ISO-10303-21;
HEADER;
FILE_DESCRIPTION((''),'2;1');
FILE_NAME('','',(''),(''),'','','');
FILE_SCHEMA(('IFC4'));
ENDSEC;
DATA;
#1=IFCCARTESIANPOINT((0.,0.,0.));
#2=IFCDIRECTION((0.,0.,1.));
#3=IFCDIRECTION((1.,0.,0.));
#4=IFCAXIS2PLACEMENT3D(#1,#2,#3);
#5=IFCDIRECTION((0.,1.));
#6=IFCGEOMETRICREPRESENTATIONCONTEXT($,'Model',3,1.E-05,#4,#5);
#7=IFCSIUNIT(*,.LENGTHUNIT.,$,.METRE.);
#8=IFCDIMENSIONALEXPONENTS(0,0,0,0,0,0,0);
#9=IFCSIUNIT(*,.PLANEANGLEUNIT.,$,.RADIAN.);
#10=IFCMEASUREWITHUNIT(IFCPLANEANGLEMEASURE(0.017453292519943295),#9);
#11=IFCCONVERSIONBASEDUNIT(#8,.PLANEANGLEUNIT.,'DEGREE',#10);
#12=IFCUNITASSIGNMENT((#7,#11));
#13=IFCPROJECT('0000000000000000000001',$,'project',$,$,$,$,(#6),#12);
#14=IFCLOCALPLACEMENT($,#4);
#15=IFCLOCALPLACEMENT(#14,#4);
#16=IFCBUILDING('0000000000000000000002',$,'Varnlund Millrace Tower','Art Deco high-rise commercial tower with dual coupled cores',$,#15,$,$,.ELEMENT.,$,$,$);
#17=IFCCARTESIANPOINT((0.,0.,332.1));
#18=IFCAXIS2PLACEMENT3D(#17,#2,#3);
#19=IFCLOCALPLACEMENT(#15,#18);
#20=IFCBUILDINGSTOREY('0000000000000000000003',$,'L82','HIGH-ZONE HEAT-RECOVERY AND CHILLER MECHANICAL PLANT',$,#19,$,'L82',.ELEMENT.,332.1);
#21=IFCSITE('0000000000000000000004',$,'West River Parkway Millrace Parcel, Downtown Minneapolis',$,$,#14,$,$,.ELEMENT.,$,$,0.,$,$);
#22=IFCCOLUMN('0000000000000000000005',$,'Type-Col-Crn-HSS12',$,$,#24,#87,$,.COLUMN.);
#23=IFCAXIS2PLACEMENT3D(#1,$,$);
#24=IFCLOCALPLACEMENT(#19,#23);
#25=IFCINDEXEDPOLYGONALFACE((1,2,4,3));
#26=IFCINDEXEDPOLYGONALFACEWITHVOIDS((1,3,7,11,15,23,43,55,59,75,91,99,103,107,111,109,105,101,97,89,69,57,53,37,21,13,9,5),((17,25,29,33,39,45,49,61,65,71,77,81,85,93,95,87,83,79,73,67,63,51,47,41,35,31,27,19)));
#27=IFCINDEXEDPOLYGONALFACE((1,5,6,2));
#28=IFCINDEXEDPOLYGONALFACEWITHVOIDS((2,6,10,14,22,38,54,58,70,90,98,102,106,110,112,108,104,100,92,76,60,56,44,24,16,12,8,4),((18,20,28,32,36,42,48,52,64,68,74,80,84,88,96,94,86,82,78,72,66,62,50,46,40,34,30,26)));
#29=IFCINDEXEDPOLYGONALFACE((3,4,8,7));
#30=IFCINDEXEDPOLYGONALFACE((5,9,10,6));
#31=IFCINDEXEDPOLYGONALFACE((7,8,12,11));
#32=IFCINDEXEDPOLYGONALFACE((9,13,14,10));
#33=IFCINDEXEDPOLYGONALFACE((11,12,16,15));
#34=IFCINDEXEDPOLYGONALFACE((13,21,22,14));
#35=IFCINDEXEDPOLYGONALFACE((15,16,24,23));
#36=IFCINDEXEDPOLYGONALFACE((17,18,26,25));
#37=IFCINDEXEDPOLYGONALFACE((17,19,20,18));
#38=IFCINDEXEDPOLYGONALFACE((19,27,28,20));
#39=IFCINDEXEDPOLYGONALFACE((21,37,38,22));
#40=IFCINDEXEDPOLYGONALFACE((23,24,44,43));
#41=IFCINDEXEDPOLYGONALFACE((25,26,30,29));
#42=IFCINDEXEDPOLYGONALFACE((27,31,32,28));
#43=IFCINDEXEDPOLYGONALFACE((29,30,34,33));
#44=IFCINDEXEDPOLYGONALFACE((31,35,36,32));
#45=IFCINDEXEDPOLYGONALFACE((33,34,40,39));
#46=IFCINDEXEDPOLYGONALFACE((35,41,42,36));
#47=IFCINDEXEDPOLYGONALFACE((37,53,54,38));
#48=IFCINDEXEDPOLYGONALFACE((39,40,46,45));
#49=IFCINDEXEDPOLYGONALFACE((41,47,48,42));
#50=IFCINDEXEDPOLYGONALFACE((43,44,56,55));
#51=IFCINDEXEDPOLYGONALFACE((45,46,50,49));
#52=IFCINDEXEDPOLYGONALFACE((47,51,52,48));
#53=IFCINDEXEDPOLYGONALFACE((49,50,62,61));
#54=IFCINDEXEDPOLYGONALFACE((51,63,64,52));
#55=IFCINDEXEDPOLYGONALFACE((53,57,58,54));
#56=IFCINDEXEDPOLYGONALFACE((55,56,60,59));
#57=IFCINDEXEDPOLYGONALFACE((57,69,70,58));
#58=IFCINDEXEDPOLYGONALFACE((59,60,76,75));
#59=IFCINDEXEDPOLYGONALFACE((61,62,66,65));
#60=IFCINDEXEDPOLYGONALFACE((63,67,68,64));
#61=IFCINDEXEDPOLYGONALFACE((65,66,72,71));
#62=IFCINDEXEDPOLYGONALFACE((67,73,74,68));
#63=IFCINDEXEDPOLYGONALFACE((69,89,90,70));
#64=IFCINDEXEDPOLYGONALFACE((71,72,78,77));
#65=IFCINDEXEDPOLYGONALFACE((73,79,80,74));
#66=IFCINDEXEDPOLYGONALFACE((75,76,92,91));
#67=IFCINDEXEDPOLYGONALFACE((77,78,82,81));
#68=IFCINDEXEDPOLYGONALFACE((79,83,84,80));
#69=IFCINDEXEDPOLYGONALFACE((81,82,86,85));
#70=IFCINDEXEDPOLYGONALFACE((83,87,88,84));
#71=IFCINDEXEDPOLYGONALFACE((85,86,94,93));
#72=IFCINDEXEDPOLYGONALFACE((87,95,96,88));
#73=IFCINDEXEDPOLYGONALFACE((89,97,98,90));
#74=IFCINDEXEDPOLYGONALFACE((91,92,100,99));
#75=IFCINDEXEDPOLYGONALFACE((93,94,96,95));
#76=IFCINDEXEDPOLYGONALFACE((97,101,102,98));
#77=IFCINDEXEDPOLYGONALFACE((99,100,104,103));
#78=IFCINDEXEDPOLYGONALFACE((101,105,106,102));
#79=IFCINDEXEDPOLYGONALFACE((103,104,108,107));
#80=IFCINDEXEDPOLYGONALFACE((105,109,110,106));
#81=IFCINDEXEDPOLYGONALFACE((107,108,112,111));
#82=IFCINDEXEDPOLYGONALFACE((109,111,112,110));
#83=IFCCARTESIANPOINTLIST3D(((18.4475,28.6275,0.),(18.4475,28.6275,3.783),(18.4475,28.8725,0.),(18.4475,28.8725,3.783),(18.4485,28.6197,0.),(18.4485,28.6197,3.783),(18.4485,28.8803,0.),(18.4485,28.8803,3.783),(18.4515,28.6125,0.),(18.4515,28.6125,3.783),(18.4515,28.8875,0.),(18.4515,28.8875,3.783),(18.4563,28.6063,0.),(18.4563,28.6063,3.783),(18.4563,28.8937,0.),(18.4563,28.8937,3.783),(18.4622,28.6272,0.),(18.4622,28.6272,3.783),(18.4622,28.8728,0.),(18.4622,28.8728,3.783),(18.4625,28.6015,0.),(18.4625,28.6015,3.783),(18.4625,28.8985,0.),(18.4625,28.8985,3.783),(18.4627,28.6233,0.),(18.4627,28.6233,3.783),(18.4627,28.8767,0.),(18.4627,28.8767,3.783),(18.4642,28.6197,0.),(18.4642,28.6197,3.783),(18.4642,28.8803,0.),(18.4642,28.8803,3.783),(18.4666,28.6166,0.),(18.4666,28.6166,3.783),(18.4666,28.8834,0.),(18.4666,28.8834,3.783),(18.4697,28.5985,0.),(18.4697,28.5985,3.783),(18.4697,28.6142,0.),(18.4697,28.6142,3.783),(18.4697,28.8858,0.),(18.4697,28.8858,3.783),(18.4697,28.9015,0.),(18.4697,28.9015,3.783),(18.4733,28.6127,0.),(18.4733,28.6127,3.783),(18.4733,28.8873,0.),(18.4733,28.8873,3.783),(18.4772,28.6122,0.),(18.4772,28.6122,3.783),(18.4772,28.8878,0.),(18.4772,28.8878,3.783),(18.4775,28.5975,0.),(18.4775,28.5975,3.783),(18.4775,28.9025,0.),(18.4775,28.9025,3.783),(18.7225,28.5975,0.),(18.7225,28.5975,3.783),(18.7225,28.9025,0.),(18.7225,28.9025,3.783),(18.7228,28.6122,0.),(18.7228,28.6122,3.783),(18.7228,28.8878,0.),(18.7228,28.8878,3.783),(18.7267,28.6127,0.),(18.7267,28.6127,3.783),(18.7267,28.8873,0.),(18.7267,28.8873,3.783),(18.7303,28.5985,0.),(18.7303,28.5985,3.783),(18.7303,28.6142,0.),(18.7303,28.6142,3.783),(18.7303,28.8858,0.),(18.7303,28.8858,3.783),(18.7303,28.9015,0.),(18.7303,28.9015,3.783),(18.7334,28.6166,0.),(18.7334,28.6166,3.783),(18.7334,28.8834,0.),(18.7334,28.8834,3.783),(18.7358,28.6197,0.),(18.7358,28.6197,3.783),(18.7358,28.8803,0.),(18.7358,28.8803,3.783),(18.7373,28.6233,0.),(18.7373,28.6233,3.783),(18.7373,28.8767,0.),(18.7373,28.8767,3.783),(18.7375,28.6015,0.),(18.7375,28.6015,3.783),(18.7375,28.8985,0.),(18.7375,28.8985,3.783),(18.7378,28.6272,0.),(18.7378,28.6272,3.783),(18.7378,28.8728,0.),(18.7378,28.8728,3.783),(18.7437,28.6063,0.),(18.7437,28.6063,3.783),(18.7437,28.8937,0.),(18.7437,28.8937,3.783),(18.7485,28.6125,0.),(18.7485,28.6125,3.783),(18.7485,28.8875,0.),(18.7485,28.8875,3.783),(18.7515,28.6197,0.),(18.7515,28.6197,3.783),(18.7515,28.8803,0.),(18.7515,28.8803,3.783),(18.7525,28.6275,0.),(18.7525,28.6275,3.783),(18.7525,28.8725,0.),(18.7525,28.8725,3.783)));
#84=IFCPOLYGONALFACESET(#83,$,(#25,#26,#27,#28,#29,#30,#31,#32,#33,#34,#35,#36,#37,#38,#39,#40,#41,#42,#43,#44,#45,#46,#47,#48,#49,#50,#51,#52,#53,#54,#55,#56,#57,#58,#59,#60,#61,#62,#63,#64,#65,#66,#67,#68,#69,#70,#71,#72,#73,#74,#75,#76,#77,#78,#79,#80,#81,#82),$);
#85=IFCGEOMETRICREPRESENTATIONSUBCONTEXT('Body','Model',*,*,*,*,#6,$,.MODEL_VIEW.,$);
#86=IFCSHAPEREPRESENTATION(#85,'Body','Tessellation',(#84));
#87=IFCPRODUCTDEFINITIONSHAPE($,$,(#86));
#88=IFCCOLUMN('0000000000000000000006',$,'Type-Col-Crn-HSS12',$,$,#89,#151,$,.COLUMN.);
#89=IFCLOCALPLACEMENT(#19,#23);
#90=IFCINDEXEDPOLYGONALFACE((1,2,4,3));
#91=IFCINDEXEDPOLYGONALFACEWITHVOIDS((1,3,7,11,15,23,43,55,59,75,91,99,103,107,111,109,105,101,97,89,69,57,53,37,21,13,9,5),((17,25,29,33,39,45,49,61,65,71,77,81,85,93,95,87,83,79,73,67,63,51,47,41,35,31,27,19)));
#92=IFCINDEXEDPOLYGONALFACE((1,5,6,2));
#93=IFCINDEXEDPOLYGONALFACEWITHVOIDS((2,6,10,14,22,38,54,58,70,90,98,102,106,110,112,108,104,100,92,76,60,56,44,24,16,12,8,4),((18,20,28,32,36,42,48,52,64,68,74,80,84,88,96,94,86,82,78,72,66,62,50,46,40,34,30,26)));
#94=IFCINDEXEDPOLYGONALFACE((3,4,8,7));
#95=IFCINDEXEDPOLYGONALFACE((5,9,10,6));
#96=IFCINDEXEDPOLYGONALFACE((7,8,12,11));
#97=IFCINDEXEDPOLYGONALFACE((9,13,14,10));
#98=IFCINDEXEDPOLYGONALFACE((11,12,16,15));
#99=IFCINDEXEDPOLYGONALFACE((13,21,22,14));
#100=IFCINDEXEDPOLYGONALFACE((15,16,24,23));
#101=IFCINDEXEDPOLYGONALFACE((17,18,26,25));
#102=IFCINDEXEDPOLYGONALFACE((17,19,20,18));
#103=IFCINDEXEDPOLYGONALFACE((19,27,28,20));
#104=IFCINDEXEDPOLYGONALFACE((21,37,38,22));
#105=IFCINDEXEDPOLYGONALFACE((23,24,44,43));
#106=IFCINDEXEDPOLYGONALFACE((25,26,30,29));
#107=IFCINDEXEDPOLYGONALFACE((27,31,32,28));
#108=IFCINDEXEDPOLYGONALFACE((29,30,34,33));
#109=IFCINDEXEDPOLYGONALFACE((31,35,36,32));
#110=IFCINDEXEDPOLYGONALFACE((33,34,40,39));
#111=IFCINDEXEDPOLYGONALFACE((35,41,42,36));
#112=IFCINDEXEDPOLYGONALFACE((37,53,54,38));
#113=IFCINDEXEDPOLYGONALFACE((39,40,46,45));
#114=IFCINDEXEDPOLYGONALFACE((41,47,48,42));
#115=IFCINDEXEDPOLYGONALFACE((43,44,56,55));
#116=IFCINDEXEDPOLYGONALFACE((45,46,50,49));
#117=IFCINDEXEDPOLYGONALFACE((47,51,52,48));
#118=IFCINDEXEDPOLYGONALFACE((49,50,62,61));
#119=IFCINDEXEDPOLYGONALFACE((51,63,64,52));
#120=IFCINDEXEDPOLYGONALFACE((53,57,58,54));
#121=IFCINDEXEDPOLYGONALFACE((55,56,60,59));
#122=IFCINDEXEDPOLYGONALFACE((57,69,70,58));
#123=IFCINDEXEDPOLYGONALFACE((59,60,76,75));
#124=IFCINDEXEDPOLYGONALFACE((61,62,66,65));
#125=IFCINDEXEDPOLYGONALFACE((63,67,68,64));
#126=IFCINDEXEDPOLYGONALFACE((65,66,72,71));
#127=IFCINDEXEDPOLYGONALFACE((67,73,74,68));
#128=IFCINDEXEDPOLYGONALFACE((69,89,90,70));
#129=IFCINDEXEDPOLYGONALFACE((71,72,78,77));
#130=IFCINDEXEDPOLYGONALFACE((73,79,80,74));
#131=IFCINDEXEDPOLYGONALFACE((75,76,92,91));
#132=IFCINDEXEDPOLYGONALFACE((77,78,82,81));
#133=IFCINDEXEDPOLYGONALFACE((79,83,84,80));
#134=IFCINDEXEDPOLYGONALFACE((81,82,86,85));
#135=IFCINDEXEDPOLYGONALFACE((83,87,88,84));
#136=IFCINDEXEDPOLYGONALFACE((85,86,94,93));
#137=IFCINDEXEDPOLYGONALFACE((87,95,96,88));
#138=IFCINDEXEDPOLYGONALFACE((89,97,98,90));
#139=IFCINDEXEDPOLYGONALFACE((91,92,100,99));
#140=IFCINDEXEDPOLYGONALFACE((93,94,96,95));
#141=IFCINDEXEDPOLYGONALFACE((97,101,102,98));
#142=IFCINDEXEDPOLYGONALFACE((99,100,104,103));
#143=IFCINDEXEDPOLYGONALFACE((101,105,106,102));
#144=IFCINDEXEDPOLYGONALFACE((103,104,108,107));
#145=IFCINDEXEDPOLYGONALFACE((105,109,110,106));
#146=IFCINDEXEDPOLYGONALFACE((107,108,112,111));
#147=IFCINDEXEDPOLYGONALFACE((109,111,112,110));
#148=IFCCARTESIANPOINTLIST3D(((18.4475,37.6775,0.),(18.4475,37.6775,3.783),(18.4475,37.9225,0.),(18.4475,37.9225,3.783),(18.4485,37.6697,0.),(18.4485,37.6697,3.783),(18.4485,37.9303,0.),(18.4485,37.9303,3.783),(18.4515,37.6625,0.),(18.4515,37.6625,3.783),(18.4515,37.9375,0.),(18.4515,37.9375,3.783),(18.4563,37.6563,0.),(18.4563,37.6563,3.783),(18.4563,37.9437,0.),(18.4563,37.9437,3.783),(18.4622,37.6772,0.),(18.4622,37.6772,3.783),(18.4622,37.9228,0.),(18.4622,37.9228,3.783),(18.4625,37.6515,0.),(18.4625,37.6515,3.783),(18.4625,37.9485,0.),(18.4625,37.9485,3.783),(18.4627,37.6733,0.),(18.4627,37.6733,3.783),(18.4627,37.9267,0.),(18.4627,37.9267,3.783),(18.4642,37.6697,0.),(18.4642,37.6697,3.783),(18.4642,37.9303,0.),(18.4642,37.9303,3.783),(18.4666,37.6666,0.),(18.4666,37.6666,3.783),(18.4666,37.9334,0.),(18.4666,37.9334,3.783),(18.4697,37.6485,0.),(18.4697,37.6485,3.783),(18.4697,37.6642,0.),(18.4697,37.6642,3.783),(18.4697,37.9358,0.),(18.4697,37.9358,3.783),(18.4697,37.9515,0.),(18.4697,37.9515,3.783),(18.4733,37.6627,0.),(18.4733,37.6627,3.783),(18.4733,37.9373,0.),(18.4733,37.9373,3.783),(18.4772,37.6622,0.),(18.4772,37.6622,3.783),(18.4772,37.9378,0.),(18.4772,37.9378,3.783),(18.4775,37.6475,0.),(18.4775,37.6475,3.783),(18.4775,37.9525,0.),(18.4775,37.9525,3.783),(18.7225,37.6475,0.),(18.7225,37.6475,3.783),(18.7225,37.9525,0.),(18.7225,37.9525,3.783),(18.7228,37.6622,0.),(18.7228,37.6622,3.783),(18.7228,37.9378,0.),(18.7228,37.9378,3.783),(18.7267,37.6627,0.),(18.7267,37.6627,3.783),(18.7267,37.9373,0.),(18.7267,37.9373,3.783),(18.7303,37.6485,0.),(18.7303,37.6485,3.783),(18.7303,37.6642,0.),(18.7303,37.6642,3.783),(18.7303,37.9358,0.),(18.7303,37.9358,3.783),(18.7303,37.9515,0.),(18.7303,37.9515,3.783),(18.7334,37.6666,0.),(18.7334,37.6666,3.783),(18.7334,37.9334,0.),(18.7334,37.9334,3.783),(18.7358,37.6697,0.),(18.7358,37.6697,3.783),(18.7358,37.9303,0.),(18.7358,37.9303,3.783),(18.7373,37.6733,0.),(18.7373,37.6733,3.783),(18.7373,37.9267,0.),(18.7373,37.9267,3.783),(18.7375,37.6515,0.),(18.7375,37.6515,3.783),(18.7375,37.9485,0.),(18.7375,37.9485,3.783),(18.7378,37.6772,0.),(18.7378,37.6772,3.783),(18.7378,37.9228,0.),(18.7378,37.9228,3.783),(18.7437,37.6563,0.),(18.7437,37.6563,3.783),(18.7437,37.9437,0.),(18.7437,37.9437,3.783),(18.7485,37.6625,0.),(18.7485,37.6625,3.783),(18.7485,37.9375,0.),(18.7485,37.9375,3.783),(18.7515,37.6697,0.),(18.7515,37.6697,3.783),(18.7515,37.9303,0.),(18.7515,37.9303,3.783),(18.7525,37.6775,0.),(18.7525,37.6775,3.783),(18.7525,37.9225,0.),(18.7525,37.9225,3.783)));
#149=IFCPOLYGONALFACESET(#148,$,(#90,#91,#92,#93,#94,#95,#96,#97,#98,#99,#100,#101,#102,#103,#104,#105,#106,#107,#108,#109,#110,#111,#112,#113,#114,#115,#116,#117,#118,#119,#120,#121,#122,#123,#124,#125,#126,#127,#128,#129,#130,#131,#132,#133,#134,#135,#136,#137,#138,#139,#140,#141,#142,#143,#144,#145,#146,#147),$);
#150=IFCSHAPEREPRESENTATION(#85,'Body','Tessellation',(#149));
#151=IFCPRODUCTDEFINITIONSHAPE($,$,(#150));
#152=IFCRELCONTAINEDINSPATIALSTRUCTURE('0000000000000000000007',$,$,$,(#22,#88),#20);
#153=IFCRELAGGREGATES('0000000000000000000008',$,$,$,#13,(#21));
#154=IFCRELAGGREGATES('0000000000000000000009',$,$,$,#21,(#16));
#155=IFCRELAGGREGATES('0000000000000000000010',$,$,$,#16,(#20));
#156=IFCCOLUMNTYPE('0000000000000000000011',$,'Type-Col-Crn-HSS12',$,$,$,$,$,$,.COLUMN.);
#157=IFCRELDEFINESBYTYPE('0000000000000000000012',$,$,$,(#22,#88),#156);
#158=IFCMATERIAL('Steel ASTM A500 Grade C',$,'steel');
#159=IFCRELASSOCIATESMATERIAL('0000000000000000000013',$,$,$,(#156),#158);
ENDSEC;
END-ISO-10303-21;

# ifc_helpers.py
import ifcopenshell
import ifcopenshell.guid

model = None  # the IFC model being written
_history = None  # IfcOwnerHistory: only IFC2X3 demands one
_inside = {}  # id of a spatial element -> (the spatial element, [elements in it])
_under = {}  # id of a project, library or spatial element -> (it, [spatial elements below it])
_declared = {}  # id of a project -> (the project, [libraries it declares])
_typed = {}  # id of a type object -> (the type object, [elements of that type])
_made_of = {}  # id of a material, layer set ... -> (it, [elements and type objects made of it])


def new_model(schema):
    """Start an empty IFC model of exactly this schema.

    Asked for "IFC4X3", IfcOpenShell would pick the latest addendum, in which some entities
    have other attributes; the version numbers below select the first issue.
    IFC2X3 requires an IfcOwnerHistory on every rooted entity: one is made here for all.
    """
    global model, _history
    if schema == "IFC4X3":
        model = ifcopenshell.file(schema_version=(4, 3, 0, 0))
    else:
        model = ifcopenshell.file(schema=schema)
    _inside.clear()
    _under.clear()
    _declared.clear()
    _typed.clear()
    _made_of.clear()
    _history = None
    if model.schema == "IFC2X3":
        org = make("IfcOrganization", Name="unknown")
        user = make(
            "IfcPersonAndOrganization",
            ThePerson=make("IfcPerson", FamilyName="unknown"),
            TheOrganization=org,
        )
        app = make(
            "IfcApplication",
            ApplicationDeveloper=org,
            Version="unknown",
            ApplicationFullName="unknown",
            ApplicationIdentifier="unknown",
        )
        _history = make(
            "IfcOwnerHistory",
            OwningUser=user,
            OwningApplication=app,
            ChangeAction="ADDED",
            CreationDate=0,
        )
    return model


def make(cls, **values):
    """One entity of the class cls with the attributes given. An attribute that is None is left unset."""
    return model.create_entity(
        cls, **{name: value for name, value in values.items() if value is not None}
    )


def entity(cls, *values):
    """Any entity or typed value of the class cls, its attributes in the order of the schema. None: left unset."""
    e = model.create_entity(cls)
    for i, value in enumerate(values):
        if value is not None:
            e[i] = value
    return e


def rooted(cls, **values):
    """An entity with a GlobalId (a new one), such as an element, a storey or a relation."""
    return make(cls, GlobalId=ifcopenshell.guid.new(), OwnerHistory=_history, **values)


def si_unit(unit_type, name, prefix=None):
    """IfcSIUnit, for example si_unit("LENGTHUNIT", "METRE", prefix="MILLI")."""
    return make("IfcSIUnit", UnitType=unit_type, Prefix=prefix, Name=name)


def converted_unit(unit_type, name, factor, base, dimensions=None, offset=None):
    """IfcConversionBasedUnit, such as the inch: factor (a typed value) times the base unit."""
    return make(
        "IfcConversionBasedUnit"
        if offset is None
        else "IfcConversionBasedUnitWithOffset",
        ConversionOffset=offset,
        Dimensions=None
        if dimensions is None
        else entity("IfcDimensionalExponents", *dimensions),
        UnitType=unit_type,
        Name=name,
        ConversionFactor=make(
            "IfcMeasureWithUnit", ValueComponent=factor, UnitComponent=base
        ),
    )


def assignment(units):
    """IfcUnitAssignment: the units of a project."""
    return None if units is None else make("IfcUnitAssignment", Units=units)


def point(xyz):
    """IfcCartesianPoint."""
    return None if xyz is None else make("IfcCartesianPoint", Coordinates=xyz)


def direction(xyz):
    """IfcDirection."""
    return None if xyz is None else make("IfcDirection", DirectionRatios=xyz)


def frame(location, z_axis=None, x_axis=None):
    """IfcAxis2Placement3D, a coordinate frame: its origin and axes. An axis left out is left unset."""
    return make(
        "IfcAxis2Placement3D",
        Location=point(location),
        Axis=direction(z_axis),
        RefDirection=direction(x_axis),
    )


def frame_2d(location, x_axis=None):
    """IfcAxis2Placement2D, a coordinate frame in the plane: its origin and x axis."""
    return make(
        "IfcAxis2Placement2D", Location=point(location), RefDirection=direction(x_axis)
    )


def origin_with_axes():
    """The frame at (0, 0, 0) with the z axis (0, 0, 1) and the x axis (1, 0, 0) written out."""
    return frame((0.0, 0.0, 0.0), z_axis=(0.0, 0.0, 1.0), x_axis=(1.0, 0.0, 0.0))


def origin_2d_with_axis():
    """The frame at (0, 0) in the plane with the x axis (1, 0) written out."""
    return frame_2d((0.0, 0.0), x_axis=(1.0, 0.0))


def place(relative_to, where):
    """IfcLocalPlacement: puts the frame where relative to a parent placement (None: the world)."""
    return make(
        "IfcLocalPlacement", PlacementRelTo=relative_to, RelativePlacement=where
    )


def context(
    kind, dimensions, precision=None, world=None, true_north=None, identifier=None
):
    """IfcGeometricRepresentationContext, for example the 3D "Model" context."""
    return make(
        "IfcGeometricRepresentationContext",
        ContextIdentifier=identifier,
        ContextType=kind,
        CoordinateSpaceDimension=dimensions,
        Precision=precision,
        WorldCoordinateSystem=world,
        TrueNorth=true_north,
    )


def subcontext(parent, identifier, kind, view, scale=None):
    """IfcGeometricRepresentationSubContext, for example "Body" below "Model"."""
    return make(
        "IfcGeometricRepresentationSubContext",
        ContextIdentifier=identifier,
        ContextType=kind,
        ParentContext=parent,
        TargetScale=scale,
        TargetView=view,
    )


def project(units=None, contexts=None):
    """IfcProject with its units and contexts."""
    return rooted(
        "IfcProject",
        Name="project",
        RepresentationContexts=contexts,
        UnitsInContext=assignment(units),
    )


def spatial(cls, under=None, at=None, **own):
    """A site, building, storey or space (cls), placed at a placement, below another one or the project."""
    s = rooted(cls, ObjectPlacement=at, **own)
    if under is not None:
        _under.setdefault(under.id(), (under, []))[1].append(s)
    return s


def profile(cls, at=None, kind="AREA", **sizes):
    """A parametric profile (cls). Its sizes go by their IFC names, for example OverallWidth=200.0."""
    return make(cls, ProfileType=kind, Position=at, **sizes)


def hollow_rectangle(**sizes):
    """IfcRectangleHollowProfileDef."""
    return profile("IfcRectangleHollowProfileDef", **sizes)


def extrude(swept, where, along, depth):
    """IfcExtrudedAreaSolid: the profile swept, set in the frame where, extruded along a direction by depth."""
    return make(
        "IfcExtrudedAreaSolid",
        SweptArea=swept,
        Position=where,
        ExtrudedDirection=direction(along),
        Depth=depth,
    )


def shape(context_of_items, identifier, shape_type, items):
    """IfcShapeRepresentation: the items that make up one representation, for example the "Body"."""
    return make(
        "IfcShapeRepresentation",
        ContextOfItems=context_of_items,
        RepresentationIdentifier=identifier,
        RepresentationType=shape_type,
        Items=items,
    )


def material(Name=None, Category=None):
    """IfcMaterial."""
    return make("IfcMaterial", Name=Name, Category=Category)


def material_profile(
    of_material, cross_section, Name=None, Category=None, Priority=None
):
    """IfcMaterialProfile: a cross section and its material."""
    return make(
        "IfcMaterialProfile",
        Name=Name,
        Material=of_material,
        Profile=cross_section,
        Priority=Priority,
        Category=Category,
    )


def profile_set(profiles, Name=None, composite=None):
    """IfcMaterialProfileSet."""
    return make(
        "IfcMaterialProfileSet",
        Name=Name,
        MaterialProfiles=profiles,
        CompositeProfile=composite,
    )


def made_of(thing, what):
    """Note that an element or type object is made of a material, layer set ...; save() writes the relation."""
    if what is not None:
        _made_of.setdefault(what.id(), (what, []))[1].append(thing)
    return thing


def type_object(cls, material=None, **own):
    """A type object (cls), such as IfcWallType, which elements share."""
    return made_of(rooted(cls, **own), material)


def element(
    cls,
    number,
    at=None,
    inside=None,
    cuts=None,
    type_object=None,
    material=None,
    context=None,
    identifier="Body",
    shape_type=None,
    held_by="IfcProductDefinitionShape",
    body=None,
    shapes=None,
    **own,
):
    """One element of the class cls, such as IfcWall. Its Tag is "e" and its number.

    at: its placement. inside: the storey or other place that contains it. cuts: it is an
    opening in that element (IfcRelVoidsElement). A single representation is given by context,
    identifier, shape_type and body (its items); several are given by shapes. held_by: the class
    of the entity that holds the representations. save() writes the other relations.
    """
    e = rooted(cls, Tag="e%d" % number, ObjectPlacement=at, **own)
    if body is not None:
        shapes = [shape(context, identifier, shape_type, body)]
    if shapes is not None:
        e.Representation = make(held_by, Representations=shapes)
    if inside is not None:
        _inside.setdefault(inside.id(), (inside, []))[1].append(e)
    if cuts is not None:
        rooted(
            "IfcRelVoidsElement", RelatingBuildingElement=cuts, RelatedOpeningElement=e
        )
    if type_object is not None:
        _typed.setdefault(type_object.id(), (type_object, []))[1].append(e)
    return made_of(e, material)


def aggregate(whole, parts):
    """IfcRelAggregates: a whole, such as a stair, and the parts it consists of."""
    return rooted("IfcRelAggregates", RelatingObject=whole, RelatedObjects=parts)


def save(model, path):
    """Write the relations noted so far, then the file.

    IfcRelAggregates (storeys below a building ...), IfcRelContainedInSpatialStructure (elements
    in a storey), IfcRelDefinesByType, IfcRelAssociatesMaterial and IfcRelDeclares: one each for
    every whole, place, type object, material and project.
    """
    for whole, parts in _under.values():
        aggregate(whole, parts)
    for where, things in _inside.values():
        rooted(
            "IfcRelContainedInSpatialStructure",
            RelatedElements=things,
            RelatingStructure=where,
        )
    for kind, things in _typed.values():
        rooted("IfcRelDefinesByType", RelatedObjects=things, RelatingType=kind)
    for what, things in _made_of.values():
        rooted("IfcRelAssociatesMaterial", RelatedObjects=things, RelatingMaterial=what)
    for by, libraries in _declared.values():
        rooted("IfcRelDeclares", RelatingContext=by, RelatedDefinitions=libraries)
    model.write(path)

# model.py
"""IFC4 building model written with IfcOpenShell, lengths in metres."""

from ifc_helpers import new_model, entity, si_unit, converted_unit, direction, frame, origin_with_axes, origin_2d_with_axis, place, context, subcontext, project, spatial, hollow_rectangle, extrude, material, material_profile, profile_set, type_object, element, save


model = new_model("IFC4")

# Units and contexts
model_context = context("Model", 3, precision=1e-05, world=origin_with_axes(), true_north=direction((0.0, 1.0)))
body_context = subcontext(model_context, "Body", "Model", "MODEL_VIEW")
ifc_project = project(units=[si_unit("LENGTHUNIT", "METRE"), converted_unit("PLANEANGLEUNIT", "DEGREE", entity("IfcPlaneAngleMeasure", 0.017453292519943295), si_unit("PLANEANGLEUNIT", "RADIAN"), dimensions=[0, 0, 0, 0, 0, 0, 0])], contexts=[model_context])

# Site, building, storey
site_placement = place(None, origin_with_axes())
site = spatial("IfcSite", under=ifc_project, at=site_placement, Name="West River Parkway Millrace Parcel, Downtown Minneapolis", CompositionType="ELEMENT", RefElevation=0.0)
building_placement = place(site_placement, origin_with_axes())
building = spatial("IfcBuilding", under=site, at=building_placement, Name="Varnlund Millrace Tower", Description="Art Deco high-rise commercial tower with dual coupled cores", CompositionType="ELEMENT")
storey_placement = place(building_placement, frame((0.0, 0.0, 332.1), z_axis=(0.0, 0.0, 1.0), x_axis=(1.0, 0.0, 0.0)))
storey = spatial("IfcBuildingStorey", under=building, at=storey_placement, Name="L82", Description="HIGH-ZONE HEAT-RECOVERY AND CHILLER MECHANICAL PLANT", LongName="L82", CompositionType="ELEMENT", Elevation=332.1)

# Columns
ifc_material_1 = material(Name="Steel ASTM A500 Grade C", Category="steel")
ifc_material_profile = material_profile(ifc_material_1, hollow_rectangle(XDim=0.305, YDim=0.305, WallThickness=0.0147, InnerFilletRadius=0.015, OuterFilletRadius=0.03, at=origin_2d_with_axis()), Name="Steel ASTM A500 Grade C")
ifc_profile_set = profile_set([ifc_material_profile], Name="Steel ASTM A500 Grade C")
column_type = type_object("IfcColumnType", Name="Type-Col-Crn-HSS12", PredefinedType="COLUMN", material=ifc_profile_set)
for number, where, z_axis, x_axis, name in (
    (1, (18.6, 28.75, 0.0), (0.0, 0.0, 1.0), (1.0, 0.0, 0.0), "Type-Col-Crn-HSS12"),
    (2, (18.6, 37.8, 0.0), (0.0, 0.0, 1.0), (1.0, 0.0, 0.0), "Type-Col-Crn-HSS12"),
):
    element("IfcColumn", number, at=place(storey_placement, frame(where, z_axis=z_axis, x_axis=x_axis)), inside=storey, type_object=column_type, Name=name, PredefinedType="COLUMN", context=body_context, shape_type="SweptSolid", body=[
        extrude(hollow_rectangle(XDim=0.305, YDim=0.305, WallThickness=0.0147, InnerFilletRadius=0.015, OuterFilletRadius=0.03, at=origin_2d_with_axis()), origin_with_axes(), (0.0, 0.0, 1.0), 3.783),
    ])

save(model, "model.ifc")
